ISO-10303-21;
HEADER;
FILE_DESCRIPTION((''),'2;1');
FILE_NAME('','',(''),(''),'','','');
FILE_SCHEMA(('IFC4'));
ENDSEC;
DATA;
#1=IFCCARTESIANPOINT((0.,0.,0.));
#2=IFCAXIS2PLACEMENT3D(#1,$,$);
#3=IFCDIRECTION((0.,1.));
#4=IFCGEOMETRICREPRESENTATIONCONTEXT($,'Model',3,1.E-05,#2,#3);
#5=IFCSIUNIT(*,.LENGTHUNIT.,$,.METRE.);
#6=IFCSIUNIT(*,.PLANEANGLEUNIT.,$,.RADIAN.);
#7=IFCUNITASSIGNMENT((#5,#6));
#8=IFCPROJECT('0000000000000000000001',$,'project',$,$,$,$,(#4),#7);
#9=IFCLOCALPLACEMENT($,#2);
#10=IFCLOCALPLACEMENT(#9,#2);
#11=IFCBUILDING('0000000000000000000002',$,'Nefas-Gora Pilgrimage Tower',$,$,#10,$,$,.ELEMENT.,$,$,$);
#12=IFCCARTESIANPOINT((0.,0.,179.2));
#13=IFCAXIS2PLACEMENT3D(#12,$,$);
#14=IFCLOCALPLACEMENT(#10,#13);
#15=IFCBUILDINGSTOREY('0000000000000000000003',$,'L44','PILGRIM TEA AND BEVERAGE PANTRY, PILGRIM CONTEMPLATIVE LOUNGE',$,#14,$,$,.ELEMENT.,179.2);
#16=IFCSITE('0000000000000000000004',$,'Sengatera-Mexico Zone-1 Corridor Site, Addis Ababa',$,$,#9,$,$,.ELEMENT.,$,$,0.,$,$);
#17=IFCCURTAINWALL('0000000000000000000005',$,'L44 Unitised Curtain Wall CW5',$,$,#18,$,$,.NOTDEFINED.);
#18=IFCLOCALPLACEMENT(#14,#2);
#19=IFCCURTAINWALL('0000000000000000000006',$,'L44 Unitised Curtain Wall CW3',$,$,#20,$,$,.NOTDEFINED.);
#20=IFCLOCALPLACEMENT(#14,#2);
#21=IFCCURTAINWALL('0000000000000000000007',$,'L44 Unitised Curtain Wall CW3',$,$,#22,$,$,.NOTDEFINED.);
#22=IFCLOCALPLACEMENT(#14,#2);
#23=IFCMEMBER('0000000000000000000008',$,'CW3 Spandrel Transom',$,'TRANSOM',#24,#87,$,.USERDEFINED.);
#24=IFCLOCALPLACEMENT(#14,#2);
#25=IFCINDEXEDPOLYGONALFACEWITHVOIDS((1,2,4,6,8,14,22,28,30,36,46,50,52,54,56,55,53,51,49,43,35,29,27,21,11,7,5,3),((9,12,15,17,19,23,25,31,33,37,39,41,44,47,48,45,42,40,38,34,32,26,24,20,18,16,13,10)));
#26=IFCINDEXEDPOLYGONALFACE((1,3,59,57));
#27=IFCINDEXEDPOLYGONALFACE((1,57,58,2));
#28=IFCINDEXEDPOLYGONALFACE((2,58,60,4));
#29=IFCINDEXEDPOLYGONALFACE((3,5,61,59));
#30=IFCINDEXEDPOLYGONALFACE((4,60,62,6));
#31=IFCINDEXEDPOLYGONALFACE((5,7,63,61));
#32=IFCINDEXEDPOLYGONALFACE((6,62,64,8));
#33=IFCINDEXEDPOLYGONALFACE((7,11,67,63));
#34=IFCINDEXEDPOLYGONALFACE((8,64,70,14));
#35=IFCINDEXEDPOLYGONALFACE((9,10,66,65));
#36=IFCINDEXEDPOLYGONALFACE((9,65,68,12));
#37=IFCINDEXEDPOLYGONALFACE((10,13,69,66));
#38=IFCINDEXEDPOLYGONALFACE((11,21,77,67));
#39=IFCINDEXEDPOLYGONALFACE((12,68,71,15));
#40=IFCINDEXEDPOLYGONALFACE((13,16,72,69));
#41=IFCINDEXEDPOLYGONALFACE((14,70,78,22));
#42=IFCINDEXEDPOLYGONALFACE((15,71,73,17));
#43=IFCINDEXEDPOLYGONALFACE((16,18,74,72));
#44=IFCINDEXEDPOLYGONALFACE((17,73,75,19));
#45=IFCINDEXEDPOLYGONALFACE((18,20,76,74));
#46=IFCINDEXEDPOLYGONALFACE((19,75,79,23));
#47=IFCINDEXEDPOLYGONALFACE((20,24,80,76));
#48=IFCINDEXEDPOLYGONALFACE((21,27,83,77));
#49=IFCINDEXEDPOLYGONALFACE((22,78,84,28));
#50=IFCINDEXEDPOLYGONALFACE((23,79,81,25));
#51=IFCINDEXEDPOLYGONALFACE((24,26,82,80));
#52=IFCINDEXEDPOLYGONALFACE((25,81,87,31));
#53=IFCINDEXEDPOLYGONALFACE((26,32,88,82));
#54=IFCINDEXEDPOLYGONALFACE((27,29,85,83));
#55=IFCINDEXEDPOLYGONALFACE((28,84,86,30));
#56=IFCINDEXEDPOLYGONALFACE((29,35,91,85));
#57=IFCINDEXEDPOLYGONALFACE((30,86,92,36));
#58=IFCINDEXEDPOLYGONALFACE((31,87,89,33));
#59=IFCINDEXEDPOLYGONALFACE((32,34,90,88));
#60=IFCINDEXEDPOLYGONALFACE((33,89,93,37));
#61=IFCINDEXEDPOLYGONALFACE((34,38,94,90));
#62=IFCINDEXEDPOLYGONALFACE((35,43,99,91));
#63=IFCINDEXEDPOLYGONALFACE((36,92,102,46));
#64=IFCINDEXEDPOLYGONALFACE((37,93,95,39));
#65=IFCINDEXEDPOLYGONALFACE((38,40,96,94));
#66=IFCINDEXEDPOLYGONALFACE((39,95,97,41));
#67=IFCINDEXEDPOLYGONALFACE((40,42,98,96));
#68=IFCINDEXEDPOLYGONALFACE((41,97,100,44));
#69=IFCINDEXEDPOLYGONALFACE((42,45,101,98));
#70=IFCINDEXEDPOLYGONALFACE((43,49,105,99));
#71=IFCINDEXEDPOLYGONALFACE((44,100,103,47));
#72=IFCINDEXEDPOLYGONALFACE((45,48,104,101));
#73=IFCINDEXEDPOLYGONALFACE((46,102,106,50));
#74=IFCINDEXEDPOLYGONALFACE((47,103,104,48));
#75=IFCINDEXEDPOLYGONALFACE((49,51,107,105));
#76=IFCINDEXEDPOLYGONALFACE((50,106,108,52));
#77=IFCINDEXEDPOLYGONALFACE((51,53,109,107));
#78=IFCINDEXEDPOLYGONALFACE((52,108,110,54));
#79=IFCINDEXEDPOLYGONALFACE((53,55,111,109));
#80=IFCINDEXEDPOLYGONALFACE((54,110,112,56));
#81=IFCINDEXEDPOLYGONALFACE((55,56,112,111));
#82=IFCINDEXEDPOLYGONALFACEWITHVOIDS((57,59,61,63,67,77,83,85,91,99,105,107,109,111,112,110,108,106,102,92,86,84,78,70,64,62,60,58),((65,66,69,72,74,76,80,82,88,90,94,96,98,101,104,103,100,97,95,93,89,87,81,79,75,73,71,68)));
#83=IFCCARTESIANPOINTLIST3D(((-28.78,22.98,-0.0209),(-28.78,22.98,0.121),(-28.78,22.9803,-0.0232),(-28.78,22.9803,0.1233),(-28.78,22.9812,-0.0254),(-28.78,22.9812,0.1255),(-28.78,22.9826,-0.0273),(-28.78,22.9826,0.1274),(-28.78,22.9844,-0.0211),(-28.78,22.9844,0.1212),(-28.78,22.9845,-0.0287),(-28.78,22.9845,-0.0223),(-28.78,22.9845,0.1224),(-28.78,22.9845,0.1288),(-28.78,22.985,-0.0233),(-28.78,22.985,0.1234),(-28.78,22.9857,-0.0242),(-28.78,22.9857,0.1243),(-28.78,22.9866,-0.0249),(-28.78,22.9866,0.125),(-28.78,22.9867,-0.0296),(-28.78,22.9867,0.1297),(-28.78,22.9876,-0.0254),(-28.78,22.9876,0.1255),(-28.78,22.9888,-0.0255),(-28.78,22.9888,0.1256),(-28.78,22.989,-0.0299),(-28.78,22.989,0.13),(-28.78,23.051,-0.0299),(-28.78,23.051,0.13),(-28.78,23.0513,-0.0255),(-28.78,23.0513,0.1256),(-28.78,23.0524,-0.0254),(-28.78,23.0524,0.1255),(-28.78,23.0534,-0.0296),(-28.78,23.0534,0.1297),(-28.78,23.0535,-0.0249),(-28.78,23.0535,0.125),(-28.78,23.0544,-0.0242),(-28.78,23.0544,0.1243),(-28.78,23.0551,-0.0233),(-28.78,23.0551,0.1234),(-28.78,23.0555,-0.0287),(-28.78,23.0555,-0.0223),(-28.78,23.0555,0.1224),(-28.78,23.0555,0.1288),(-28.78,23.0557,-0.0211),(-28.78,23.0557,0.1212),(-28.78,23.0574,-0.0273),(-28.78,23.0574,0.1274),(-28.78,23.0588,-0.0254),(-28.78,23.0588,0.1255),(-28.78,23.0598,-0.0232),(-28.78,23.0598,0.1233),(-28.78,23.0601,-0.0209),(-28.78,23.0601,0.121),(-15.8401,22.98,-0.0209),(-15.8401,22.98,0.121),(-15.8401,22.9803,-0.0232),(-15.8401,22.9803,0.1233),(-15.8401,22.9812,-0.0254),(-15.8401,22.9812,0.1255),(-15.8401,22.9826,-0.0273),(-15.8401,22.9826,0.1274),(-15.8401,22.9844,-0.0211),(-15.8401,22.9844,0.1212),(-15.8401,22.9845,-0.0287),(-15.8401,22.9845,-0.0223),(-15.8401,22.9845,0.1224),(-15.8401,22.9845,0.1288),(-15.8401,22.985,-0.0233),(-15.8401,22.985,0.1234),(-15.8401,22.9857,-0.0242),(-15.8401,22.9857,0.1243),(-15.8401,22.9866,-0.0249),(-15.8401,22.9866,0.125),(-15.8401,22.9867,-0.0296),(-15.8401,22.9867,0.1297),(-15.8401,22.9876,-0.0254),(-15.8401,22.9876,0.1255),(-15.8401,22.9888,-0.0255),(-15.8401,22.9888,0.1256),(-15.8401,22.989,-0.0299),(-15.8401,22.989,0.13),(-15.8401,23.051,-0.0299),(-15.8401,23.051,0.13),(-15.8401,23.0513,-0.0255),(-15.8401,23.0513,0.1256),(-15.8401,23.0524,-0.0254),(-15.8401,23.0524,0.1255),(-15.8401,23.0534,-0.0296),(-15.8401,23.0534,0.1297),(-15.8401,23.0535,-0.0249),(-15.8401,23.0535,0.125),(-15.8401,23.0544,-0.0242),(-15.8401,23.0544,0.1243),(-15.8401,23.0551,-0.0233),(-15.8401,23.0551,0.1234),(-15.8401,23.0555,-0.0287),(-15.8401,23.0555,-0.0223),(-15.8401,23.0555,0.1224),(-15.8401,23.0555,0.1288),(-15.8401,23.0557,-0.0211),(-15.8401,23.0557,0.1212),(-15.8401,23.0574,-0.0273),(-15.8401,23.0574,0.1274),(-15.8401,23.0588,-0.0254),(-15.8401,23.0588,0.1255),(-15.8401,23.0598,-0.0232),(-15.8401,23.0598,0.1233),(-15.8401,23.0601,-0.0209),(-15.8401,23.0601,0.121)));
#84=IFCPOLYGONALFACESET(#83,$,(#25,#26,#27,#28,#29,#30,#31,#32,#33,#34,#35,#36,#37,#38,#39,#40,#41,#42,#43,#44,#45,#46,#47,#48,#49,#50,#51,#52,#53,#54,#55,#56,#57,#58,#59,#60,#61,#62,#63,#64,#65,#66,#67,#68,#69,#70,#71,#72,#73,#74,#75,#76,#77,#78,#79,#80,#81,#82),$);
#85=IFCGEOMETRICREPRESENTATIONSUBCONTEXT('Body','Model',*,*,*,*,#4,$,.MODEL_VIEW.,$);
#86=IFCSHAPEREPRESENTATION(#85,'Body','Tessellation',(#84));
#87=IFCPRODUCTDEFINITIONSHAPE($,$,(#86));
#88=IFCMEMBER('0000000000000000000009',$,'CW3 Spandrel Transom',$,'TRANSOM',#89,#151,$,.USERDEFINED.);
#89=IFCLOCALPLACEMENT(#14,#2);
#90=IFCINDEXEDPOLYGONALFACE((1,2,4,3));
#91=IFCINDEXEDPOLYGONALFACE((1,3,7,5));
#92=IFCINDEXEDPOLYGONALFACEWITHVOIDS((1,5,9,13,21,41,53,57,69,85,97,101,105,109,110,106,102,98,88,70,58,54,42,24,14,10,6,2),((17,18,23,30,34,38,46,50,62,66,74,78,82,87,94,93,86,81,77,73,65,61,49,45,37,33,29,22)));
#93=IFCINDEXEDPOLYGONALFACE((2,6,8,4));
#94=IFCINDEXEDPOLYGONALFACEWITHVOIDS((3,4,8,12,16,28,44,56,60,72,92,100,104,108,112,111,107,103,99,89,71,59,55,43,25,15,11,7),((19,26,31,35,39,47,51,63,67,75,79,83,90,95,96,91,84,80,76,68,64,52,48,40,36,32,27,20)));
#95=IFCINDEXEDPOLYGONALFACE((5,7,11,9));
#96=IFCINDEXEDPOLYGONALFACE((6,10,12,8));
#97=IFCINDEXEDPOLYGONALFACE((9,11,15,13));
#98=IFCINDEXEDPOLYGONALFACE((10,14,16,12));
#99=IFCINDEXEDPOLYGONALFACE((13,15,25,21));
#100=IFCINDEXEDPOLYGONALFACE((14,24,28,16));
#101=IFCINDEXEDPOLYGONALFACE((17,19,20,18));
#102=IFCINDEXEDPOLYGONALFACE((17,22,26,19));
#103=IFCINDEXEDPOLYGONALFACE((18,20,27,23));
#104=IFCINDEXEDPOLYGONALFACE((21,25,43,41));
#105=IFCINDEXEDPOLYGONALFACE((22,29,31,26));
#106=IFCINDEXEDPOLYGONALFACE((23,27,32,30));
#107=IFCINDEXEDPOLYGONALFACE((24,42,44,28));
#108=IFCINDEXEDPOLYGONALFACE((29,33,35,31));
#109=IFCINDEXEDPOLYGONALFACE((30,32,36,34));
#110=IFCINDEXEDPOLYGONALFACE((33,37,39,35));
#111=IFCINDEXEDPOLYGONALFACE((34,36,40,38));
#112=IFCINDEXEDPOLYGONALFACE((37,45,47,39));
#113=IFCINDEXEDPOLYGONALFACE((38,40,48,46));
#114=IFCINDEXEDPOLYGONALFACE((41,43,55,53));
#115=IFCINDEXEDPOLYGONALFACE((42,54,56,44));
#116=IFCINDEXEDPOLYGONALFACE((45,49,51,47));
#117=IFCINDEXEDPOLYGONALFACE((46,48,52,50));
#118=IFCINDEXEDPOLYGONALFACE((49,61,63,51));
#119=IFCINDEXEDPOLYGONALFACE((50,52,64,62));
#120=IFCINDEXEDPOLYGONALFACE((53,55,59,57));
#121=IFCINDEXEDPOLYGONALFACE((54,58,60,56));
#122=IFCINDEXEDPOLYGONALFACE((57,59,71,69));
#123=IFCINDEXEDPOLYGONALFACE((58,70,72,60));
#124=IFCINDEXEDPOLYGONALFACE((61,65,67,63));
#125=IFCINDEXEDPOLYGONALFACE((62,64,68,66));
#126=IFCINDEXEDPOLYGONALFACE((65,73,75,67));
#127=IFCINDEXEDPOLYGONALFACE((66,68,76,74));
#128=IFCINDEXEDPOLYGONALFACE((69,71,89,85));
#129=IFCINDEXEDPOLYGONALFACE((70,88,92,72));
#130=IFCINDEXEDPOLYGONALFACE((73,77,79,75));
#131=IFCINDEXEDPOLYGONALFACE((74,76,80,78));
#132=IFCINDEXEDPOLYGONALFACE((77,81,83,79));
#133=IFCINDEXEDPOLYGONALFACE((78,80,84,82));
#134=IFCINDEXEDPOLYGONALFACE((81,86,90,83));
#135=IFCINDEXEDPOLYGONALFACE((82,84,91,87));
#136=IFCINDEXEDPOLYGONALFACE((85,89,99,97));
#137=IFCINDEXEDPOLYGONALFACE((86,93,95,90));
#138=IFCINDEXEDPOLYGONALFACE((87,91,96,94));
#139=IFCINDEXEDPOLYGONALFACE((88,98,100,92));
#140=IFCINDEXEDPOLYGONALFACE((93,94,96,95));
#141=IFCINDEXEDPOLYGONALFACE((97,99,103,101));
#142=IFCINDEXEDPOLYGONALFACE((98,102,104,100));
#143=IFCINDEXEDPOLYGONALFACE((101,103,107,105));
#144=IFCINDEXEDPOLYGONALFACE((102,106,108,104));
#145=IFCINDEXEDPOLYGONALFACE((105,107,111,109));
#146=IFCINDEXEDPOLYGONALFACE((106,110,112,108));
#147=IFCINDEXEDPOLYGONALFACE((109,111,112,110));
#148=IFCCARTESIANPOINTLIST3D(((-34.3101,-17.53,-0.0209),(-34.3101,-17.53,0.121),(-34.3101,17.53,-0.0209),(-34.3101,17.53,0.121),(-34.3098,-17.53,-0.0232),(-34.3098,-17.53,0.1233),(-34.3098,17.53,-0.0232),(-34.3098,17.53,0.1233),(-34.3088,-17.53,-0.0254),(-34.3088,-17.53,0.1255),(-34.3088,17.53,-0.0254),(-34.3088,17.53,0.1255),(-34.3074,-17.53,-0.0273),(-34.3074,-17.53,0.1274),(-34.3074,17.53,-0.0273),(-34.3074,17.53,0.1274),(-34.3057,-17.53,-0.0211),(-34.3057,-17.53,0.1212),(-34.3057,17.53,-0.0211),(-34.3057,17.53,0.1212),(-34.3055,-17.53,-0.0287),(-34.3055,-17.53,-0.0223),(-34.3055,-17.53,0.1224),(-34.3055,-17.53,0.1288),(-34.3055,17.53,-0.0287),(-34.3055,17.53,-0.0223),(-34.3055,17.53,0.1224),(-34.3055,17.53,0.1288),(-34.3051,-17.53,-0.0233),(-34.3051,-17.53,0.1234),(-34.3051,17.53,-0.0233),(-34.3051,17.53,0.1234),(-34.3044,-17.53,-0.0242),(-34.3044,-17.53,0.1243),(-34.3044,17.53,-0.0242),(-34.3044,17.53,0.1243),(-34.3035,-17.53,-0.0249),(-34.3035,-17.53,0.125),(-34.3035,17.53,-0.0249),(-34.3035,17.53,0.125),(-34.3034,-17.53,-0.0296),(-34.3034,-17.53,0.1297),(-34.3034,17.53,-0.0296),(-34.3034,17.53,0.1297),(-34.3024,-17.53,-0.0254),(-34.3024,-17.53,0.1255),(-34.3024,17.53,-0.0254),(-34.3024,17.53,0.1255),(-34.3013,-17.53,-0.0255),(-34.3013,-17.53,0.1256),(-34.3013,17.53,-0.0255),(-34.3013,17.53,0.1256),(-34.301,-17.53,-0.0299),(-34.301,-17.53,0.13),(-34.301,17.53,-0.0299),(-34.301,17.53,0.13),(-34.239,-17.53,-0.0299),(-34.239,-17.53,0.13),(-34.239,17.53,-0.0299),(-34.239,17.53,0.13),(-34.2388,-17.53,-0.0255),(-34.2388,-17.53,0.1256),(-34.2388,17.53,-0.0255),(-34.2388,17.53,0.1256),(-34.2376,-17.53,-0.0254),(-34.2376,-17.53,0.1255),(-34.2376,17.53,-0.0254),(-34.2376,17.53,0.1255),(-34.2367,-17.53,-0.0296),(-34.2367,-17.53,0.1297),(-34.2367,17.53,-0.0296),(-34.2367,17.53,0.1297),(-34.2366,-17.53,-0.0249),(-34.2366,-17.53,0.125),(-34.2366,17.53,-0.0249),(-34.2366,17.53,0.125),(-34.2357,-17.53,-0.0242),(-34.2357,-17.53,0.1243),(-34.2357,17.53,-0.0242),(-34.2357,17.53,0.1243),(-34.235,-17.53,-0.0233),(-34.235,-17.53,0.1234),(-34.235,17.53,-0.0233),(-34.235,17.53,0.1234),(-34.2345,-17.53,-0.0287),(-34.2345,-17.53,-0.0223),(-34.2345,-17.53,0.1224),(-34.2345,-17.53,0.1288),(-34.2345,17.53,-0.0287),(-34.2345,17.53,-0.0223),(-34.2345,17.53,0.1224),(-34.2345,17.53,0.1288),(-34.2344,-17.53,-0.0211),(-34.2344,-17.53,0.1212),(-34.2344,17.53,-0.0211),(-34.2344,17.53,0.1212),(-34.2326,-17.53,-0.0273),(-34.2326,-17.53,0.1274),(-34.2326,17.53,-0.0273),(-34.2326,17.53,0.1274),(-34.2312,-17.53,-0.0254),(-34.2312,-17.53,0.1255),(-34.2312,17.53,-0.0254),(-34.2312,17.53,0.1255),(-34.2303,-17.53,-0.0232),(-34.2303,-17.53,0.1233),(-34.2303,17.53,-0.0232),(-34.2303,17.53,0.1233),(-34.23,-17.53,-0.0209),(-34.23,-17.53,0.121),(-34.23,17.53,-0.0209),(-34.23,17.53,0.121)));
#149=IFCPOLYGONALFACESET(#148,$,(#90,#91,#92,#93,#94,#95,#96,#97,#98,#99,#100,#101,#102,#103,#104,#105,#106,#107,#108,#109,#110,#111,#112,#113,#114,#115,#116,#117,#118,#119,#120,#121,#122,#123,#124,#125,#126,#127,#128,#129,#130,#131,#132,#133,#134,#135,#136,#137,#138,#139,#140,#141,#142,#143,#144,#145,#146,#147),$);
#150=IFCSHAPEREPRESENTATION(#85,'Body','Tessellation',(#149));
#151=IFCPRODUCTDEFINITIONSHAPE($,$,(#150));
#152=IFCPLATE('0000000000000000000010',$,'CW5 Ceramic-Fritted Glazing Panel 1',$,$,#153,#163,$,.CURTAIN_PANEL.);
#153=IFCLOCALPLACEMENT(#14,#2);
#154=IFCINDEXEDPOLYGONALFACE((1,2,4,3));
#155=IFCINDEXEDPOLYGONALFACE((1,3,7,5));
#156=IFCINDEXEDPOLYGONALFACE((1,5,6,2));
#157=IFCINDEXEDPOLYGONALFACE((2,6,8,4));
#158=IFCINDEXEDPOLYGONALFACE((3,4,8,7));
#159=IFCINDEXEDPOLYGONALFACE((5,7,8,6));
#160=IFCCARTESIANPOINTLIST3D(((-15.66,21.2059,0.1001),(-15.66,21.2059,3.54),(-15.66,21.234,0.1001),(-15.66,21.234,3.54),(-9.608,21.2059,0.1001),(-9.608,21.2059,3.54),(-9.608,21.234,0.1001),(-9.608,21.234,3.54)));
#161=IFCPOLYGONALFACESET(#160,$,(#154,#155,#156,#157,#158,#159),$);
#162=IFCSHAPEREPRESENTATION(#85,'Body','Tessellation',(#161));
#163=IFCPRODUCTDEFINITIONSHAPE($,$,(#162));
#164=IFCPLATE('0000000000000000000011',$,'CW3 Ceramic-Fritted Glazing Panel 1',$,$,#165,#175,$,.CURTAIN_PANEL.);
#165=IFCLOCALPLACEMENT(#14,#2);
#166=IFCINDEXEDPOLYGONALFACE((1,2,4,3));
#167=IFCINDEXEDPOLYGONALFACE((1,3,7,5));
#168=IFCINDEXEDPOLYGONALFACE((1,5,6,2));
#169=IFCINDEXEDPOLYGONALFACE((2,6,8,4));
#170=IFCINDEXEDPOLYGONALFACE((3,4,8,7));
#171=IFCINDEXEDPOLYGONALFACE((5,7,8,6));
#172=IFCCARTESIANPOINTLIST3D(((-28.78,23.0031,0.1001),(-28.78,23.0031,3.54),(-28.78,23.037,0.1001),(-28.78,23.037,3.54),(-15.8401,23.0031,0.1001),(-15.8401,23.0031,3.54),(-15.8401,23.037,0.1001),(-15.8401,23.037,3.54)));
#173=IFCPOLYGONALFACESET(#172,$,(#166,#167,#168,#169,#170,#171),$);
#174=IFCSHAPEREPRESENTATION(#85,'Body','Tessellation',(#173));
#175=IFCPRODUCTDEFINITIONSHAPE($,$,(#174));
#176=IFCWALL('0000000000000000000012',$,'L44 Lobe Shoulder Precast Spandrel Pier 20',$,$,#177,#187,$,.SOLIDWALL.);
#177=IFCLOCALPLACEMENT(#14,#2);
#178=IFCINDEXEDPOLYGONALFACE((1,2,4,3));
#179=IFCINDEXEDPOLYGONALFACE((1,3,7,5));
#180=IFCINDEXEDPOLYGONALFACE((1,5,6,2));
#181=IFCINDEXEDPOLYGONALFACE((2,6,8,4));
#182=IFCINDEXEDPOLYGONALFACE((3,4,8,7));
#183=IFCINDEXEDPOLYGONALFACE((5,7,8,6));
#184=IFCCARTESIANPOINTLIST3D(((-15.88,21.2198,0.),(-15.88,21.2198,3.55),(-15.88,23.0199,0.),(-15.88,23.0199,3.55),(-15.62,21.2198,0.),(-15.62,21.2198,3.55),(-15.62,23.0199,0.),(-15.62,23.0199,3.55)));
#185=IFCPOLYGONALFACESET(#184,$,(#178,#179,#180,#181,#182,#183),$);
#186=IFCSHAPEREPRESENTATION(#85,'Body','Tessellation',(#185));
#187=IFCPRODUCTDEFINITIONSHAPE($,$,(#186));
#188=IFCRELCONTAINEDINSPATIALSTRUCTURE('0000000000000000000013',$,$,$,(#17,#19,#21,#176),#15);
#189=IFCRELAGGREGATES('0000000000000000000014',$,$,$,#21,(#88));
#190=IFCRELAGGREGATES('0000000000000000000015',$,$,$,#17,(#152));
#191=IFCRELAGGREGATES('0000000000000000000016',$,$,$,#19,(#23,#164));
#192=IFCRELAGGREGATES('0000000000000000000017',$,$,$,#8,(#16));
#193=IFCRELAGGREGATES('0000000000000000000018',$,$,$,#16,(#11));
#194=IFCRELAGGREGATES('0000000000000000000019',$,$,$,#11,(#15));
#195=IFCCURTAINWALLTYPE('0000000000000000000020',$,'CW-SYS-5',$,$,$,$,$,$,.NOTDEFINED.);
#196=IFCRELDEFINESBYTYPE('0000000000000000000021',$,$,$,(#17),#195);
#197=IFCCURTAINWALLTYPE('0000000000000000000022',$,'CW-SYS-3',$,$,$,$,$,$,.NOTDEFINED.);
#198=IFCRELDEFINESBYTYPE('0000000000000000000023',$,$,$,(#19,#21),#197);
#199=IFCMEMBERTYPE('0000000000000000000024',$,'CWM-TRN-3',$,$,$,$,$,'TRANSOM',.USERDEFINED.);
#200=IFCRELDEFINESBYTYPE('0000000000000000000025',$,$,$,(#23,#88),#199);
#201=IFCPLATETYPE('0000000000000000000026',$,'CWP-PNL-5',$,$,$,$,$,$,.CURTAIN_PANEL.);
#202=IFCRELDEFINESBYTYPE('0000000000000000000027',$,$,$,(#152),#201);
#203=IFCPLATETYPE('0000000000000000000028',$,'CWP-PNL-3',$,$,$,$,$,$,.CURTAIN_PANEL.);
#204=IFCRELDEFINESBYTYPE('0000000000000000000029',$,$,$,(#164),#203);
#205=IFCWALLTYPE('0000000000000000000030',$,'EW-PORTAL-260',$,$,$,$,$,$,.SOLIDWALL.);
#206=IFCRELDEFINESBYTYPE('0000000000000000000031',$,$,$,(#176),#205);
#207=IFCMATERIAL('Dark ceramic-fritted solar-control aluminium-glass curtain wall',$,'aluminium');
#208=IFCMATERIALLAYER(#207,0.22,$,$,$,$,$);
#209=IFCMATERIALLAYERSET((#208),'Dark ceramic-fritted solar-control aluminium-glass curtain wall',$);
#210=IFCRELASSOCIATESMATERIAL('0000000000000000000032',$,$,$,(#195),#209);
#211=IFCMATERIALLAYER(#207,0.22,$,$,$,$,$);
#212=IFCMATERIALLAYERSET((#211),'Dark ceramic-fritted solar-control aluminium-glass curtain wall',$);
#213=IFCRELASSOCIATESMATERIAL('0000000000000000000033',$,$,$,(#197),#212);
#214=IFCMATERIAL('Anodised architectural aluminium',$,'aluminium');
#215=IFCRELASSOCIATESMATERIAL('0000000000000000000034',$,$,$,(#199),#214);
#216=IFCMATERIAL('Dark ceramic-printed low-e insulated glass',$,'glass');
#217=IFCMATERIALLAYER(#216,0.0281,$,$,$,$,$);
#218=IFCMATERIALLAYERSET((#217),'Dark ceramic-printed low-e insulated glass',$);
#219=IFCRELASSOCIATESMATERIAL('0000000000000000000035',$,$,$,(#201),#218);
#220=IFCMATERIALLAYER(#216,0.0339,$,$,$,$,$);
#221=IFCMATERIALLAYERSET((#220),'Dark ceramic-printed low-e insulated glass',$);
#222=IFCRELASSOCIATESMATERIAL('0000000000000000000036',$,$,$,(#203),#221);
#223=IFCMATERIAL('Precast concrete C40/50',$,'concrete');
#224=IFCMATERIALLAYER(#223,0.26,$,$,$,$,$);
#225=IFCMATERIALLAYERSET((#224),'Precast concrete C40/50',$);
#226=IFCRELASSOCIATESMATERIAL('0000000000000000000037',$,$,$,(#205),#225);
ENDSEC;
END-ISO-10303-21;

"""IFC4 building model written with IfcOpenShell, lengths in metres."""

from ifc_helpers import new_model, si_unit, direction, frame, frame_2d, origin, origin_2d, place, context, subcontext, project, spatial, rectangle, hollow_rectangle, extrude, source, transform, mapped, material, layer, layer_set, material_profile, profile_set, type_object, element, aggregate, save


model = new_model("IFC4")

# Units and contexts
model_context = context("Model", 3, precision=1e-05, world=origin(), true_north=direction((0.0, 1.0)))
body_context = subcontext(model_context, "Body", "Model", "MODEL_VIEW")
ifc_project = project(units=[si_unit("LENGTHUNIT", "METRE"), si_unit("PLANEANGLEUNIT", "RADIAN")], contexts=[model_context])

# Site, building, storey
site_placement = place(None, origin())
site = spatial("IfcSite", under=ifc_project, at=site_placement, Name="Sengatera-Mexico Zone-1 Corridor Site, Addis Ababa", CompositionType="ELEMENT", RefElevation=0.0)
building_placement = place(site_placement, origin())
building = spatial("IfcBuilding", under=site, at=building_placement, Name="Nefas-Gora Pilgrimage Tower", CompositionType="ELEMENT")
storey_placement = place(building_placement, frame((0.0, 0.0, 179.2)))
storey = spatial("IfcBuildingStorey", under=building, at=storey_placement, Name="L44", Description="PILGRIM TEA AND BEVERAGE PANTRY, PILGRIM CONTEMPLATIVE LOUNGE", CompositionType="ELEMENT", Elevation=179.2)

# Curtain wall
ifc_material_1 = material(Name="Dark ceramic-fritted solar-control aluminium-glass curtain wall", Category="aluminium")
ifc_layer_1 = layer(ifc_material_1, 0.22)
ifc_layer_set_1 = layer_set([ifc_layer_1], Name="Dark ceramic-fritted solar-control aluminium-glass curtain wall")
curtain_wall_type_1 = type_object("IfcCurtainWallType", Name="CW-SYS-5", PredefinedType="NOTDEFINED", material=ifc_layer_set_1)
curtain_wall_1_placement = place(storey_placement, origin())
curtain_wall_1 = element("IfcCurtainWall", 1, at=curtain_wall_1_placement, inside=storey, type_object=curtain_wall_type_1, Name="L44 Unitised Curtain Wall CW5", PredefinedType="NOTDEFINED")
ifc_material_2 = material(Name="Anodised architectural aluminium", Category="aluminium")

# Curtain wall
ifc_layer_2 = layer(ifc_material_1, 0.22)
ifc_layer_set_2 = layer_set([ifc_layer_2], Name="Dark ceramic-fritted solar-control aluminium-glass curtain wall")
curtain_wall_type_2 = type_object("IfcCurtainWallType", Name="CW-SYS-3", PredefinedType="NOTDEFINED", material=ifc_layer_set_2)
curtain_wall_2_placement = place(storey_placement, origin())
curtain_wall_2 = element("IfcCurtainWall", 2, at=curtain_wall_2_placement, inside=storey, type_object=curtain_wall_type_2, Name="L44 Unitised Curtain Wall CW3", PredefinedType="NOTDEFINED")

# Curtain wall
curtain_wall_3_placement = place(storey_placement, origin())
curtain_wall_3 = element("IfcCurtainWall", 3, at=curtain_wall_3_placement, inside=storey, type_object=curtain_wall_type_2, Name="L44 Unitised Curtain Wall CW3", PredefinedType="NOTDEFINED")

# Members
ifc_material_profile_1 = material_profile(ifc_material_2, hollow_rectangle(XDim=0.0801, YDim=0.1599, WallThickness=0.0044, InnerFilletRadius=0.0044, OuterFilletRadius=0.009, at=origin_2d()), Name="ALU TRANSOM 80x160")
ifc_profile_set_1 = profile_set([ifc_material_profile_1], Name="Anodised architectural aluminium")
member_type_1 = type_object("IfcMemberType", Name="CWM-TRN-3", ElementType="TRANSOM", PredefinedType="USERDEFINED", material=ifc_profile_set_1)
shared_shape_1 = source(origin(), body_context, "Body", "SweptSolid", [
    extrude(hollow_rectangle(XDim=0.0801, YDim=0.1599, WallThickness=0.0044, InnerFilletRadius=0.0044, OuterFilletRadius=0.009, at=origin_2d()), origin(), (0.0, 0.0, 1.0), 12.9399),
])
member_1_placement = place(storey_placement, frame((-15.8401, 23.02, 0.05), z_axis=(-1.0, 0.0, 0.0), x_axis=(0.0, -1.0, 0.0)))
member_1 = element("IfcMember", 4, at=member_1_placement, type_object=member_type_1, Name="CW3 Spandrel Transom", ObjectType="TRANSOM", PredefinedType="USERDEFINED", context=body_context, shape_type="MappedRepresentation", body=[
    mapped(shared_shape_1, transform((0.0, 0.0, 0.0), x_axis=(1.0, 0.0, 0.0), y_axis=(0.0, 1.0, 0.0), z_axis=(0.0, 0.0, 1.0), scale=1.0)),
])
shared_shape_2 = source(origin(), body_context, "Body", "SweptSolid", [
    extrude(hollow_rectangle(XDim=0.0801, YDim=0.1599, WallThickness=0.0044, InnerFilletRadius=0.0044, OuterFilletRadius=0.009, at=origin_2d()), origin(), (0.0, 0.0, 1.0), 35.0601),
])
member_2_placement = place(storey_placement, frame((-34.27, 17.53, 0.05), z_axis=(0.0, -1.0, 0.0), x_axis=(1.0, 0.0, 0.0)))
member_2 = element("IfcMember", 5, at=member_2_placement, type_object=member_type_1, Name="CW3 Spandrel Transom", ObjectType="TRANSOM", PredefinedType="USERDEFINED", context=body_context, shape_type="MappedRepresentation", body=[
    mapped(shared_shape_2, transform((0.0, 0.0, 0.0), x_axis=(1.0, 0.0, 0.0), y_axis=(0.0, 1.0, 0.0), z_axis=(0.0, 0.0, 1.0), scale=1.0)),
])
aggregate(curtain_wall_3, [member_2])

# Plates
ifc_material_3 = material(Name="Dark ceramic-printed low-e insulated glass", Category="glass")
ifc_layer_3 = layer(ifc_material_3, 0.0281)
ifc_layer_set_3 = layer_set([ifc_layer_3], Name="Dark ceramic-printed low-e insulated glass")
plate_type_1 = type_object("IfcPlateType", Name="CWP-PNL-5", PredefinedType="CURTAIN_PANEL", material=ifc_layer_set_3)
shared_shape_3 = source(origin(), body_context, "Body", "SweptSolid", [
    extrude(rectangle(XDim=6.052, YDim=0.0281, at=origin_2d()), origin(), (0.0, 0.0, 1.0), 3.4399),
])
plate_1_placement = place(storey_placement, frame((-12.634, 21.22, 0.1001), z_axis=(0.0, 0.0, 1.0), x_axis=(-1.0, 0.0, 0.0)))
plate_1 = element("IfcPlate", 6, at=plate_1_placement, type_object=plate_type_1, Name="CW5 Ceramic-Fritted Glazing Panel 1", PredefinedType="CURTAIN_PANEL", context=body_context, shape_type="MappedRepresentation", body=[
    mapped(shared_shape_3, transform((0.0, 0.0, 0.0), x_axis=(1.0, 0.0, 0.0), y_axis=(0.0, 1.0, 0.0), z_axis=(0.0, 0.0, 1.0), scale=1.0)),
])
aggregate(curtain_wall_1, [plate_1])
ifc_layer_4 = layer(ifc_material_3, 0.0339)
ifc_layer_set_4 = layer_set([ifc_layer_4], Name="Dark ceramic-printed low-e insulated glass")
plate_type_2 = type_object("IfcPlateType", Name="CWP-PNL-3", PredefinedType="CURTAIN_PANEL", material=ifc_layer_set_4)
shared_shape_4 = source(origin(), body_context, "Body", "SweptSolid", [
    extrude(rectangle(XDim=12.9399, YDim=0.0339, at=origin_2d()), origin(), (0.0, 0.0, 1.0), 3.4399),
])
plate_2_placement = place(storey_placement, frame((-22.3101, 23.02, 0.1001), z_axis=(0.0, 0.0, 1.0), x_axis=(-1.0, 0.0, 0.0)))
plate_2 = element("IfcPlate", 7, at=plate_2_placement, type_object=plate_type_2, Name="CW3 Ceramic-Fritted Glazing Panel 1", PredefinedType="CURTAIN_PANEL", context=body_context, shape_type="MappedRepresentation", body=[
    mapped(shared_shape_4, transform((0.0, 0.0, 0.0), x_axis=(1.0, 0.0, 0.0), y_axis=(0.0, 1.0, 0.0), z_axis=(0.0, 0.0, 1.0), scale=1.0)),
])
aggregate(curtain_wall_2, [member_1, plate_2])

# Wall
ifc_material_4 = material(Name="Precast concrete C40/50", Category="concrete")
ifc_layer_5 = layer(ifc_material_4, 0.26)
ifc_layer_set_5 = layer_set([ifc_layer_5], Name="Precast concrete C40/50")
wall_type_1 = type_object("IfcWallType", Name="EW-PORTAL-260", PredefinedType="SOLIDWALL", material=ifc_layer_set_5)
shared_shape_5 = source(origin(), body_context, "Body", "SweptSolid", [
    extrude(rectangle(XDim=1.8, YDim=0.26, at=frame_2d((0.8999, 0.0))), origin(), (0.0, 0.0, 1.0), 3.55),
])
wall_1_placement = place(storey_placement, frame((-15.75, 21.22, 0.0), z_axis=(0.0, 0.0, 1.0), x_axis=(0.0, 1.0, 0.0)))
element("IfcWall", 8, at=wall_1_placement, inside=storey, type_object=wall_type_1, Name="L44 Lobe Shoulder Precast Spandrel Pier 20", PredefinedType="SOLIDWALL", context=body_context, shape_type="MappedRepresentation", body=[
    mapped(shared_shape_5, transform((0.0, 0.0, 0.0), x_axis=(1.0, 0.0, 0.0), y_axis=(0.0, 1.0, 0.0), z_axis=(0.0, 0.0, 1.0), scale=1.0)),
])

save(model, "model.ifc")
